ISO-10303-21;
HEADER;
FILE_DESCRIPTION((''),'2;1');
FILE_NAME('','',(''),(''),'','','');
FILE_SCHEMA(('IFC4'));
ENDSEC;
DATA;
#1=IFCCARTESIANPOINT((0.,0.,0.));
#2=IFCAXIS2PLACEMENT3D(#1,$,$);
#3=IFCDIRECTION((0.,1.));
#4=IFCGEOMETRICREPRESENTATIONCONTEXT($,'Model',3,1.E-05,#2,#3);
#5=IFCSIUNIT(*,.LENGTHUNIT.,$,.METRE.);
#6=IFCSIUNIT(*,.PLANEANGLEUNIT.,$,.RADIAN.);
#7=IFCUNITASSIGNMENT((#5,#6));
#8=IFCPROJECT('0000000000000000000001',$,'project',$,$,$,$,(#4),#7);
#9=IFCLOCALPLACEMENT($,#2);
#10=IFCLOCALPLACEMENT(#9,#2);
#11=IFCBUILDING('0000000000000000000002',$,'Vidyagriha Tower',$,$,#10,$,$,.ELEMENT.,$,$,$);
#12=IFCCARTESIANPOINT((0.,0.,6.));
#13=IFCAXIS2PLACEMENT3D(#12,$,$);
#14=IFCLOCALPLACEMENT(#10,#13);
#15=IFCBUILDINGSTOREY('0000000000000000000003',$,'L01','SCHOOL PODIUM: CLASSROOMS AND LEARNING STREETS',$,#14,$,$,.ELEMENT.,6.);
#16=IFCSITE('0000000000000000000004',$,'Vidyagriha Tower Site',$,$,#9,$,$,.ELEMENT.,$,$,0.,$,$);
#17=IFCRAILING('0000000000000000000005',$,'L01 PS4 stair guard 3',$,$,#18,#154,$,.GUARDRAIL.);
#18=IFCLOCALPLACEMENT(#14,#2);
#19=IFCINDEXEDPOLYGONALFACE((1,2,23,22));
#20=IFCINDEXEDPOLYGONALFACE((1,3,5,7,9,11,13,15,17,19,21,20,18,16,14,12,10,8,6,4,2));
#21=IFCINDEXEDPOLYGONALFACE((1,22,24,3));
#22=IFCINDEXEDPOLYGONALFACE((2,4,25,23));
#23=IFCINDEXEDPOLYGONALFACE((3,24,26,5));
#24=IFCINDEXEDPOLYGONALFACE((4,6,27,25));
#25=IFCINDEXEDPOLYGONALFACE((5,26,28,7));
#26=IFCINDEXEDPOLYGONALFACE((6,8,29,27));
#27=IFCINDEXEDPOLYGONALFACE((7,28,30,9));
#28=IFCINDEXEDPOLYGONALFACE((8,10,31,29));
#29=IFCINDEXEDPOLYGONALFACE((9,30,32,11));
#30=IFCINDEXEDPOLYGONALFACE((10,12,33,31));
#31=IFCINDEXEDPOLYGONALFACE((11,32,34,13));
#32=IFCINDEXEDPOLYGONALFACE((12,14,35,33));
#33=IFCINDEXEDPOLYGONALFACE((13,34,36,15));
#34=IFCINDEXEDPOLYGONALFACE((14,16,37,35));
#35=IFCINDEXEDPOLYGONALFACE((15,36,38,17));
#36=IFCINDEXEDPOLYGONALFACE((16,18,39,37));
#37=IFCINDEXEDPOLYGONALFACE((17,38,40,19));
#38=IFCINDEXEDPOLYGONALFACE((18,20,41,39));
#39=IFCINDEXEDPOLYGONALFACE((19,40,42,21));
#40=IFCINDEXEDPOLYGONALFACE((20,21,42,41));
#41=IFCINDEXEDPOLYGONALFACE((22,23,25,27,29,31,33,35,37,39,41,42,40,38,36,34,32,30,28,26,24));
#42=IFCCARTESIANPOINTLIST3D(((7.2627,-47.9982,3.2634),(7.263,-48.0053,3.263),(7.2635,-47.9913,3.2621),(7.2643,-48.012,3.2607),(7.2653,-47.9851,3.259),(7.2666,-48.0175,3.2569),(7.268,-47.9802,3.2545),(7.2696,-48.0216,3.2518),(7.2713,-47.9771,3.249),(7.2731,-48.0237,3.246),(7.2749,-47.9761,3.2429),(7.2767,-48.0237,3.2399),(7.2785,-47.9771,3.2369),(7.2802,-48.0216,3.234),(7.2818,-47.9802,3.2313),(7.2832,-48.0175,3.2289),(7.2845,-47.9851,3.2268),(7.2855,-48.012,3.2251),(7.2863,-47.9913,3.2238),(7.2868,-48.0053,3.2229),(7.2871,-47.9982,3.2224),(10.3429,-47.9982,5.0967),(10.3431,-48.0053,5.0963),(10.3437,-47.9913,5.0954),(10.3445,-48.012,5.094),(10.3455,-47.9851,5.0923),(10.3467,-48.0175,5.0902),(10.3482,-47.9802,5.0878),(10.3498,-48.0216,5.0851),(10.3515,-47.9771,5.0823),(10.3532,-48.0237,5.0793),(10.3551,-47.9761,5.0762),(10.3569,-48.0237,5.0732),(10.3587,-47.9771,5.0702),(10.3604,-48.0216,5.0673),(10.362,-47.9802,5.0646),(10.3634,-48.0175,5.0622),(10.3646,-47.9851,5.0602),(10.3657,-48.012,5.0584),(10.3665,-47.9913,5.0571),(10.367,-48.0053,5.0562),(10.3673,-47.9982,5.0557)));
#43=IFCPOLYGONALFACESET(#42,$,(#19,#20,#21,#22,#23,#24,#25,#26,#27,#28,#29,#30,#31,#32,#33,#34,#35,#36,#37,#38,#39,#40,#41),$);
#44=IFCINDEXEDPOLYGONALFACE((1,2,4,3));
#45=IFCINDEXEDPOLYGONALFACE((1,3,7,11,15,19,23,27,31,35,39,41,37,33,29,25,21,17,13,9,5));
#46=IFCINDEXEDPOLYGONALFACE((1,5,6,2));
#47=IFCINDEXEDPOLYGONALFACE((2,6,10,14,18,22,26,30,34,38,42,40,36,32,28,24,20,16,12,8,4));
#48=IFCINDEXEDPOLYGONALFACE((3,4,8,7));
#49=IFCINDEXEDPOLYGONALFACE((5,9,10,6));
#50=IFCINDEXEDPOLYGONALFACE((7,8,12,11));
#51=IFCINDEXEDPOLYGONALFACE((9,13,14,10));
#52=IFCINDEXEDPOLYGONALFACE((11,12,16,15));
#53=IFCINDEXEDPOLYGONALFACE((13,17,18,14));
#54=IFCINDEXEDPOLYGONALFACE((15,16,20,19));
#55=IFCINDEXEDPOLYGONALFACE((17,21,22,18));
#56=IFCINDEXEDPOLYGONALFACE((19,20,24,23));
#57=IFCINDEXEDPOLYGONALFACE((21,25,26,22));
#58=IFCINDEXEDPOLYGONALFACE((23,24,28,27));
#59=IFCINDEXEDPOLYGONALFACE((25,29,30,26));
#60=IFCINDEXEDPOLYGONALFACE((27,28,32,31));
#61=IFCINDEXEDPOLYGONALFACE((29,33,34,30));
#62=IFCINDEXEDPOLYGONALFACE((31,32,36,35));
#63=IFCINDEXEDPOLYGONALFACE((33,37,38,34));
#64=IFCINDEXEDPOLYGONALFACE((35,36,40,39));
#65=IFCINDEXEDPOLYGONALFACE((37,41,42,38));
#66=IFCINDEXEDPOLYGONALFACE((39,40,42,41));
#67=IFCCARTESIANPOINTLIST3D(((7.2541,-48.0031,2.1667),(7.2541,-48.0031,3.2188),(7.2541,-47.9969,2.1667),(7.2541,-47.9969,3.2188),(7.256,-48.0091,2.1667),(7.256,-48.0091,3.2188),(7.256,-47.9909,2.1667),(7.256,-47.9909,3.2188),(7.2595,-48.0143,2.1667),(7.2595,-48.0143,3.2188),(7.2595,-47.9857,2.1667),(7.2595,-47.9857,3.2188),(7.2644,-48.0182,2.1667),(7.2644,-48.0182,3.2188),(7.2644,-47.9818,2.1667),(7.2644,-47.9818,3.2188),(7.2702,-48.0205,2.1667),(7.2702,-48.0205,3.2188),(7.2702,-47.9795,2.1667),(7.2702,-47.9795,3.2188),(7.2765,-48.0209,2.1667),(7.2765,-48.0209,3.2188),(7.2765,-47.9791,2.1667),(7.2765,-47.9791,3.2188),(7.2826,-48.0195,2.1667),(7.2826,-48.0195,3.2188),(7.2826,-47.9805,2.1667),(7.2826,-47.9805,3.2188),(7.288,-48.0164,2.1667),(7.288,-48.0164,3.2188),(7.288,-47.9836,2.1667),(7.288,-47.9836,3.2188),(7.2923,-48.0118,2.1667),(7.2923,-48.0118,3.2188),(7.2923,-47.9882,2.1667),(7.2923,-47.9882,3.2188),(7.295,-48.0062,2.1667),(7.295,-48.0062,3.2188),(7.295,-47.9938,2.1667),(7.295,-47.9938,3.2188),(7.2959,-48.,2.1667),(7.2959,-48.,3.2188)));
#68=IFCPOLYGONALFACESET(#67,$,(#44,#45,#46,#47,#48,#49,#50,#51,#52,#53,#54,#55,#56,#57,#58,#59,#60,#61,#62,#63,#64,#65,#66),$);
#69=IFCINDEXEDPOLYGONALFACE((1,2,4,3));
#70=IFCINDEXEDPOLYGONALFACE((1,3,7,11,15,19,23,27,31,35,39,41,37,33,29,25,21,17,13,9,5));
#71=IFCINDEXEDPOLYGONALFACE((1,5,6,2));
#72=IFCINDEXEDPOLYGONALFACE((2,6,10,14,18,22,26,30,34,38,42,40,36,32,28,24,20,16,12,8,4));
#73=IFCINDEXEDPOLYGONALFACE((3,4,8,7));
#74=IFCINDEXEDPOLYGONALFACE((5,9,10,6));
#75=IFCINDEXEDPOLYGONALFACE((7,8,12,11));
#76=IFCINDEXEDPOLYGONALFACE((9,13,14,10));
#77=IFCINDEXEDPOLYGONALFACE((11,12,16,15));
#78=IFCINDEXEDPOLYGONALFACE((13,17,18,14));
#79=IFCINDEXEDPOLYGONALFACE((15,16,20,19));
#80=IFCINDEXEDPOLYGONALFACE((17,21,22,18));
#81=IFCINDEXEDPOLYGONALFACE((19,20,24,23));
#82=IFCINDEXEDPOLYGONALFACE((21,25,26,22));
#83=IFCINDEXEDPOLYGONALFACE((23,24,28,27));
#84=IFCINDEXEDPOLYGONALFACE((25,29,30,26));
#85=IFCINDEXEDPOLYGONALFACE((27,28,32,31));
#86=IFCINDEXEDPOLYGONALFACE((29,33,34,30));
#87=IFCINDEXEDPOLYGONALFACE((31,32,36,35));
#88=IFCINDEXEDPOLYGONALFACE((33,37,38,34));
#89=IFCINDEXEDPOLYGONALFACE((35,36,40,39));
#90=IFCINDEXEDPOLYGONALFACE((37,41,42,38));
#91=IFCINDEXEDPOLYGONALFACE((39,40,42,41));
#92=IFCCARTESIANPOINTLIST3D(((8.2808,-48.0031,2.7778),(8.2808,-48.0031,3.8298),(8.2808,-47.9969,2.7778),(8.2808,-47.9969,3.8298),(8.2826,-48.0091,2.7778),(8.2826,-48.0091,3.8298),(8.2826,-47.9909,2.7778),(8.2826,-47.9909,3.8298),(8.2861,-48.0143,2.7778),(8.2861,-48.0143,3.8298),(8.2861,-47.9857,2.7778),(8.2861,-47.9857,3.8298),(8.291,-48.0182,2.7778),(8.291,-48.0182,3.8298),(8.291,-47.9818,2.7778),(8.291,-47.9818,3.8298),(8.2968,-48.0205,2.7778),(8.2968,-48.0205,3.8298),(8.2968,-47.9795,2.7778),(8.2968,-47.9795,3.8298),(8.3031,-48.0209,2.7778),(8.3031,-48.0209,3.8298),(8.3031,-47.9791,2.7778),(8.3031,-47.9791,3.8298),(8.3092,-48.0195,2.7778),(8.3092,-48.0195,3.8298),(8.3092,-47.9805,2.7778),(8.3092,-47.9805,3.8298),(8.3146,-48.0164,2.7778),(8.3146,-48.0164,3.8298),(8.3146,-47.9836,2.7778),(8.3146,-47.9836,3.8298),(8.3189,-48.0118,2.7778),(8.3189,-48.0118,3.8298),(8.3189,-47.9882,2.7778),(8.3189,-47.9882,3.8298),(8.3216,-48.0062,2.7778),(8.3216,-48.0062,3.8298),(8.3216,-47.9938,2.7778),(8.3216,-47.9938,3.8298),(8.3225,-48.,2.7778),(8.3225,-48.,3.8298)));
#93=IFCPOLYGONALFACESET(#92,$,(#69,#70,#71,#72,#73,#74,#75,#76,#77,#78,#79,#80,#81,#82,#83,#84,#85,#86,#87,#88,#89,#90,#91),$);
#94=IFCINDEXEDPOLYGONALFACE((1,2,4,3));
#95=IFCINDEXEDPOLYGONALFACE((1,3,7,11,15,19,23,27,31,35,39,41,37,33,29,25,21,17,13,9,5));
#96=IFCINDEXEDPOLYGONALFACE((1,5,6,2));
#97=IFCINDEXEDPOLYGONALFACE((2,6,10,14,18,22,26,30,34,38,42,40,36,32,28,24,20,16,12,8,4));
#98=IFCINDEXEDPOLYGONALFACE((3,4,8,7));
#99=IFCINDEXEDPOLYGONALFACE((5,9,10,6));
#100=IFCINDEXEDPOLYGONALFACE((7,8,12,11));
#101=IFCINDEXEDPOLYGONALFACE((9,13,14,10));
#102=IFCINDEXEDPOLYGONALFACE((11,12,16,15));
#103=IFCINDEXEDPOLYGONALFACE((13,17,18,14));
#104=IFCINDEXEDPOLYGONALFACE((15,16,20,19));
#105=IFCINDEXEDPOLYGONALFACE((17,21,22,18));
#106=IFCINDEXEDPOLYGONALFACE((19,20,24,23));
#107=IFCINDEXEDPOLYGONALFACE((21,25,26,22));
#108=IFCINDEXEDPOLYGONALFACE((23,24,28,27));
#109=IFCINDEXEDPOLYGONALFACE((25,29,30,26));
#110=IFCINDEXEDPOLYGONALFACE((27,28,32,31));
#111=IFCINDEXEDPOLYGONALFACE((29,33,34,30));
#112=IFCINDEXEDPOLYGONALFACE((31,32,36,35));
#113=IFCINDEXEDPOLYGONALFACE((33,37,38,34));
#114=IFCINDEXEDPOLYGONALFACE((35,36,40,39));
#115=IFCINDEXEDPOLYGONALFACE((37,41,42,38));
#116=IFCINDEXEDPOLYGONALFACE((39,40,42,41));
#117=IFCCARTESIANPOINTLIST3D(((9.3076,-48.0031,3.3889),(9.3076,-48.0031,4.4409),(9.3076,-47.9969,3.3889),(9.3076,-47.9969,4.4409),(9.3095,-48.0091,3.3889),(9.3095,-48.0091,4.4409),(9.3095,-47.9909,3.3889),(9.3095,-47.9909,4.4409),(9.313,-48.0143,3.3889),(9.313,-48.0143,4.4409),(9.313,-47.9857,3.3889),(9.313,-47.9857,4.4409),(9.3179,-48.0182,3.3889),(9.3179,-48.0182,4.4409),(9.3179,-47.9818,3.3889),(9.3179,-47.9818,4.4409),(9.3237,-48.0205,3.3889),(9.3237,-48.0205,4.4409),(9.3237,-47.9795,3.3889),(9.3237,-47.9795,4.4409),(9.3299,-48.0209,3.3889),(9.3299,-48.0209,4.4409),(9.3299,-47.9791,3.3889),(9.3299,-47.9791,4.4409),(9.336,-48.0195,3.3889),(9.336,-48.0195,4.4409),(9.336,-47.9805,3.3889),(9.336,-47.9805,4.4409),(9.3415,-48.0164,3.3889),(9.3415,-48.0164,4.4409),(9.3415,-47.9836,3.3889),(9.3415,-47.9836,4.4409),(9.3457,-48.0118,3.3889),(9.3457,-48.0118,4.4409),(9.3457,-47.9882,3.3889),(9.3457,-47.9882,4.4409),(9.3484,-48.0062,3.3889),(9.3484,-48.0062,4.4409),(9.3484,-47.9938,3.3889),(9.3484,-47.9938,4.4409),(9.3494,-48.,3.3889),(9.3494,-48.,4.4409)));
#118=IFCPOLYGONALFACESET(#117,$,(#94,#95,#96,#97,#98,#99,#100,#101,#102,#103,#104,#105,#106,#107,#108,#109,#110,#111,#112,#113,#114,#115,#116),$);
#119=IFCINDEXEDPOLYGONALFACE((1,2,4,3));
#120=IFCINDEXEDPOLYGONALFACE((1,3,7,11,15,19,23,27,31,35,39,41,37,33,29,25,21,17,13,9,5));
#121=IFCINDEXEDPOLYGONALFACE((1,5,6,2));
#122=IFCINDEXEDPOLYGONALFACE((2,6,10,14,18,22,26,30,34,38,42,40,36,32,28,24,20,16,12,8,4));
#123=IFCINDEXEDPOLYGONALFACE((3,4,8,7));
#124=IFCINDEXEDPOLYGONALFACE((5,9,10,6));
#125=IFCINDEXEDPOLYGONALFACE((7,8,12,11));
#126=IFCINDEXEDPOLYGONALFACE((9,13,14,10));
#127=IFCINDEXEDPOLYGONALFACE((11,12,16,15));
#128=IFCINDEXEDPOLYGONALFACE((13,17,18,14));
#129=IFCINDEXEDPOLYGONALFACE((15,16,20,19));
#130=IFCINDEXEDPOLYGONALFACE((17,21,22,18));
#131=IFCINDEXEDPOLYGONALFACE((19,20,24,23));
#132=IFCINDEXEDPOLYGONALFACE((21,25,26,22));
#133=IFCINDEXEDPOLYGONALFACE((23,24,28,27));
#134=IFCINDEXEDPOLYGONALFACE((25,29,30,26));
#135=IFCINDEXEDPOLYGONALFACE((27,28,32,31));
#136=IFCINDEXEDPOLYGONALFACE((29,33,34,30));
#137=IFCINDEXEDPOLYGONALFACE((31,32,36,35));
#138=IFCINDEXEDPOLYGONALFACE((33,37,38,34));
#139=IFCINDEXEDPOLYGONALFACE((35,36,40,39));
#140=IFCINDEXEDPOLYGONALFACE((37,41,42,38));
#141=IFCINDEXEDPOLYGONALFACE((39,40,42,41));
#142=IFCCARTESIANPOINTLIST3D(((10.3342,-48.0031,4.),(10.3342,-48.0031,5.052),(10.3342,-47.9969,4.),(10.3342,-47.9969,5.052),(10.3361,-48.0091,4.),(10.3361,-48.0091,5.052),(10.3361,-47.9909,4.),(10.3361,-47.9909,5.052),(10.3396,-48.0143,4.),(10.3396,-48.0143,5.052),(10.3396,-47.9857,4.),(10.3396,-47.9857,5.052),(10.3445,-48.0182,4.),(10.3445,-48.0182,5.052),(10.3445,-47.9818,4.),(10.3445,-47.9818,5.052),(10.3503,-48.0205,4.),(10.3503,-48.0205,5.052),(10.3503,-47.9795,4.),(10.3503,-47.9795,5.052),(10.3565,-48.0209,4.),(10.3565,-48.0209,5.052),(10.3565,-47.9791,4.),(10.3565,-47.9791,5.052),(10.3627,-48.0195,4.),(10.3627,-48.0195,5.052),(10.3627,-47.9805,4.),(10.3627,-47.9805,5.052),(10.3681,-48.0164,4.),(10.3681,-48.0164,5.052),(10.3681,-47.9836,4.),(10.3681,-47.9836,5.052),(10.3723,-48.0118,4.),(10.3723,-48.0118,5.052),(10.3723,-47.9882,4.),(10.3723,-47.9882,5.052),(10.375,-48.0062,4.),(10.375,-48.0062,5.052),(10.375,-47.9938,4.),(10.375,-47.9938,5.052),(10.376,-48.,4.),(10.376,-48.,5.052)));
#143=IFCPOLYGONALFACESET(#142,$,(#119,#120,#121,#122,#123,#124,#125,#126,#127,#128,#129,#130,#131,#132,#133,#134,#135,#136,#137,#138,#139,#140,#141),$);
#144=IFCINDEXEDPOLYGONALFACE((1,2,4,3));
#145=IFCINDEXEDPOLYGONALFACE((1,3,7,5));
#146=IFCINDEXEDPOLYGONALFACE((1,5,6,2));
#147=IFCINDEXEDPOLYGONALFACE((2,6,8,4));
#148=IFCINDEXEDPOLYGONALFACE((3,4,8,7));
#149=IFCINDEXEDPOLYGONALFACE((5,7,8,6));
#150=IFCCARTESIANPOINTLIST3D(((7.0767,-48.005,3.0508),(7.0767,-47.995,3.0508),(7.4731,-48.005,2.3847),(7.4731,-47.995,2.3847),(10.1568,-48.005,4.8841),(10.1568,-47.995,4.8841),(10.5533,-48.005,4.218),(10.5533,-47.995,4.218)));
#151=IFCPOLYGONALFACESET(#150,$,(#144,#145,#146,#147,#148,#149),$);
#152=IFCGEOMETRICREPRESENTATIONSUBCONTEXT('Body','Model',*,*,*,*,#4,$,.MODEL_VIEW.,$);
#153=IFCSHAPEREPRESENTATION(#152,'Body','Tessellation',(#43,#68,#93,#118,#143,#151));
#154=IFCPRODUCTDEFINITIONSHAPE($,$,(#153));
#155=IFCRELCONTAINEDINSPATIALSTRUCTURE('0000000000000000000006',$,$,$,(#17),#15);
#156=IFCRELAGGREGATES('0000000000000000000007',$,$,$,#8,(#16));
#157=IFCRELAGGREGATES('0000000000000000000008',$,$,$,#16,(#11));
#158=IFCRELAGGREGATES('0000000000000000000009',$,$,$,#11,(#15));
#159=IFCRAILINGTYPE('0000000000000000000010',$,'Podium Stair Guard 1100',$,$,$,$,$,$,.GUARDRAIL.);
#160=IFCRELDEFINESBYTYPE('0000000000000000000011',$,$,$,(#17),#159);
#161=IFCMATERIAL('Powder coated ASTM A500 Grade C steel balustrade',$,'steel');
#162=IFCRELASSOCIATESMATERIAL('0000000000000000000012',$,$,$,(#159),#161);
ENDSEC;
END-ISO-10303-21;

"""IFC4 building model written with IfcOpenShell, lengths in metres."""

from ifc_helpers import new_model, si_unit, direction, frame, origin, origin_2d, place, context, subcontext, project, spatial, rectangle, circle, extrude, material, type_object, element, save


model = new_model("IFC4")

# Units and contexts
model_context = context("Model", 3, precision=1e-05, world=origin(), true_north=direction((0.0, 1.0)))
body_context = subcontext(model_context, "Body", "Model", "MODEL_VIEW")
ifc_project = project(units=[si_unit("LENGTHUNIT", "METRE"), si_unit("PLANEANGLEUNIT", "RADIAN")], contexts=[model_context])

# Site, building, storey
site_placement = place(None, origin())
site = spatial("IfcSite", under=ifc_project, at=site_placement, Name="Vidyagriha Tower Site", CompositionType="ELEMENT", RefElevation=0.0)
building_placement = place(site_placement, origin())
building = spatial("IfcBuilding", under=site, at=building_placement, Name="Vidyagriha Tower", CompositionType="ELEMENT")
storey_placement = place(building_placement, frame((0.0, 0.0, 6.0)))
storey = spatial("IfcBuildingStorey", under=building, at=storey_placement, Name="L01", Description="SCHOOL PODIUM: CLASSROOMS AND LEARNING STREETS", CompositionType="ELEMENT", Elevation=6.0)

# Railing
ifc_material_1 = material(Name="Powder coated ASTM A500 Grade C steel balustrade", Category="steel")
railing_type_1 = type_object("IfcRailingType", Name="Podium Stair Guard 1100", PredefinedType="GUARDRAIL", material=ifc_material_1)
railing_1_placement = place(storey_placement, frame((7.2749, -48.0, 2.1667)))
element("IfcRailing", 1, at=railing_1_placement, inside=storey, type_object=railing_type_1, Name="L01 PS4 stair guard 3", PredefinedType="GUARDRAIL", context=body_context, shape_type="SweptSolid", body=[
    extrude(circle(Radius=0.0239, at=origin_2d()), frame((0.0, 0.0, 1.0762), z_axis=(0.859309, 0.0, 0.511458), x_axis=(0.0, 1.0, 0.0)), (0.0, 0.0, 1.0), 3.5845),
    extrude(circle(Radius=0.021, at=origin_2d()), origin(), (0.0, 0.0, 1.0), 1.052),
    extrude(circle(Radius=0.021, at=origin_2d()), frame((1.0266, 0.0, 0.6111)), (0.0, 0.0, 1.0), 1.052),
    extrude(circle(Radius=0.021, at=origin_2d()), frame((2.0535, 0.0, 1.2222)), (0.0, 0.0, 1.0), 1.052),
    extrude(circle(Radius=0.021, at=origin_2d()), frame((3.0801, 0.0, 1.8333)), (0.0, 0.0, 1.0), 1.052),
    extrude(rectangle(XDim=0.01, YDim=0.7751, at=origin_2d()), frame((0.0, 0.0, 0.551), z_axis=(0.859309, 0.0, 0.511458), x_axis=(0.0, 1.0, 0.0)), (0.0, 0.0, 1.0), 3.5845),
])

save(model, "model.ifc")
